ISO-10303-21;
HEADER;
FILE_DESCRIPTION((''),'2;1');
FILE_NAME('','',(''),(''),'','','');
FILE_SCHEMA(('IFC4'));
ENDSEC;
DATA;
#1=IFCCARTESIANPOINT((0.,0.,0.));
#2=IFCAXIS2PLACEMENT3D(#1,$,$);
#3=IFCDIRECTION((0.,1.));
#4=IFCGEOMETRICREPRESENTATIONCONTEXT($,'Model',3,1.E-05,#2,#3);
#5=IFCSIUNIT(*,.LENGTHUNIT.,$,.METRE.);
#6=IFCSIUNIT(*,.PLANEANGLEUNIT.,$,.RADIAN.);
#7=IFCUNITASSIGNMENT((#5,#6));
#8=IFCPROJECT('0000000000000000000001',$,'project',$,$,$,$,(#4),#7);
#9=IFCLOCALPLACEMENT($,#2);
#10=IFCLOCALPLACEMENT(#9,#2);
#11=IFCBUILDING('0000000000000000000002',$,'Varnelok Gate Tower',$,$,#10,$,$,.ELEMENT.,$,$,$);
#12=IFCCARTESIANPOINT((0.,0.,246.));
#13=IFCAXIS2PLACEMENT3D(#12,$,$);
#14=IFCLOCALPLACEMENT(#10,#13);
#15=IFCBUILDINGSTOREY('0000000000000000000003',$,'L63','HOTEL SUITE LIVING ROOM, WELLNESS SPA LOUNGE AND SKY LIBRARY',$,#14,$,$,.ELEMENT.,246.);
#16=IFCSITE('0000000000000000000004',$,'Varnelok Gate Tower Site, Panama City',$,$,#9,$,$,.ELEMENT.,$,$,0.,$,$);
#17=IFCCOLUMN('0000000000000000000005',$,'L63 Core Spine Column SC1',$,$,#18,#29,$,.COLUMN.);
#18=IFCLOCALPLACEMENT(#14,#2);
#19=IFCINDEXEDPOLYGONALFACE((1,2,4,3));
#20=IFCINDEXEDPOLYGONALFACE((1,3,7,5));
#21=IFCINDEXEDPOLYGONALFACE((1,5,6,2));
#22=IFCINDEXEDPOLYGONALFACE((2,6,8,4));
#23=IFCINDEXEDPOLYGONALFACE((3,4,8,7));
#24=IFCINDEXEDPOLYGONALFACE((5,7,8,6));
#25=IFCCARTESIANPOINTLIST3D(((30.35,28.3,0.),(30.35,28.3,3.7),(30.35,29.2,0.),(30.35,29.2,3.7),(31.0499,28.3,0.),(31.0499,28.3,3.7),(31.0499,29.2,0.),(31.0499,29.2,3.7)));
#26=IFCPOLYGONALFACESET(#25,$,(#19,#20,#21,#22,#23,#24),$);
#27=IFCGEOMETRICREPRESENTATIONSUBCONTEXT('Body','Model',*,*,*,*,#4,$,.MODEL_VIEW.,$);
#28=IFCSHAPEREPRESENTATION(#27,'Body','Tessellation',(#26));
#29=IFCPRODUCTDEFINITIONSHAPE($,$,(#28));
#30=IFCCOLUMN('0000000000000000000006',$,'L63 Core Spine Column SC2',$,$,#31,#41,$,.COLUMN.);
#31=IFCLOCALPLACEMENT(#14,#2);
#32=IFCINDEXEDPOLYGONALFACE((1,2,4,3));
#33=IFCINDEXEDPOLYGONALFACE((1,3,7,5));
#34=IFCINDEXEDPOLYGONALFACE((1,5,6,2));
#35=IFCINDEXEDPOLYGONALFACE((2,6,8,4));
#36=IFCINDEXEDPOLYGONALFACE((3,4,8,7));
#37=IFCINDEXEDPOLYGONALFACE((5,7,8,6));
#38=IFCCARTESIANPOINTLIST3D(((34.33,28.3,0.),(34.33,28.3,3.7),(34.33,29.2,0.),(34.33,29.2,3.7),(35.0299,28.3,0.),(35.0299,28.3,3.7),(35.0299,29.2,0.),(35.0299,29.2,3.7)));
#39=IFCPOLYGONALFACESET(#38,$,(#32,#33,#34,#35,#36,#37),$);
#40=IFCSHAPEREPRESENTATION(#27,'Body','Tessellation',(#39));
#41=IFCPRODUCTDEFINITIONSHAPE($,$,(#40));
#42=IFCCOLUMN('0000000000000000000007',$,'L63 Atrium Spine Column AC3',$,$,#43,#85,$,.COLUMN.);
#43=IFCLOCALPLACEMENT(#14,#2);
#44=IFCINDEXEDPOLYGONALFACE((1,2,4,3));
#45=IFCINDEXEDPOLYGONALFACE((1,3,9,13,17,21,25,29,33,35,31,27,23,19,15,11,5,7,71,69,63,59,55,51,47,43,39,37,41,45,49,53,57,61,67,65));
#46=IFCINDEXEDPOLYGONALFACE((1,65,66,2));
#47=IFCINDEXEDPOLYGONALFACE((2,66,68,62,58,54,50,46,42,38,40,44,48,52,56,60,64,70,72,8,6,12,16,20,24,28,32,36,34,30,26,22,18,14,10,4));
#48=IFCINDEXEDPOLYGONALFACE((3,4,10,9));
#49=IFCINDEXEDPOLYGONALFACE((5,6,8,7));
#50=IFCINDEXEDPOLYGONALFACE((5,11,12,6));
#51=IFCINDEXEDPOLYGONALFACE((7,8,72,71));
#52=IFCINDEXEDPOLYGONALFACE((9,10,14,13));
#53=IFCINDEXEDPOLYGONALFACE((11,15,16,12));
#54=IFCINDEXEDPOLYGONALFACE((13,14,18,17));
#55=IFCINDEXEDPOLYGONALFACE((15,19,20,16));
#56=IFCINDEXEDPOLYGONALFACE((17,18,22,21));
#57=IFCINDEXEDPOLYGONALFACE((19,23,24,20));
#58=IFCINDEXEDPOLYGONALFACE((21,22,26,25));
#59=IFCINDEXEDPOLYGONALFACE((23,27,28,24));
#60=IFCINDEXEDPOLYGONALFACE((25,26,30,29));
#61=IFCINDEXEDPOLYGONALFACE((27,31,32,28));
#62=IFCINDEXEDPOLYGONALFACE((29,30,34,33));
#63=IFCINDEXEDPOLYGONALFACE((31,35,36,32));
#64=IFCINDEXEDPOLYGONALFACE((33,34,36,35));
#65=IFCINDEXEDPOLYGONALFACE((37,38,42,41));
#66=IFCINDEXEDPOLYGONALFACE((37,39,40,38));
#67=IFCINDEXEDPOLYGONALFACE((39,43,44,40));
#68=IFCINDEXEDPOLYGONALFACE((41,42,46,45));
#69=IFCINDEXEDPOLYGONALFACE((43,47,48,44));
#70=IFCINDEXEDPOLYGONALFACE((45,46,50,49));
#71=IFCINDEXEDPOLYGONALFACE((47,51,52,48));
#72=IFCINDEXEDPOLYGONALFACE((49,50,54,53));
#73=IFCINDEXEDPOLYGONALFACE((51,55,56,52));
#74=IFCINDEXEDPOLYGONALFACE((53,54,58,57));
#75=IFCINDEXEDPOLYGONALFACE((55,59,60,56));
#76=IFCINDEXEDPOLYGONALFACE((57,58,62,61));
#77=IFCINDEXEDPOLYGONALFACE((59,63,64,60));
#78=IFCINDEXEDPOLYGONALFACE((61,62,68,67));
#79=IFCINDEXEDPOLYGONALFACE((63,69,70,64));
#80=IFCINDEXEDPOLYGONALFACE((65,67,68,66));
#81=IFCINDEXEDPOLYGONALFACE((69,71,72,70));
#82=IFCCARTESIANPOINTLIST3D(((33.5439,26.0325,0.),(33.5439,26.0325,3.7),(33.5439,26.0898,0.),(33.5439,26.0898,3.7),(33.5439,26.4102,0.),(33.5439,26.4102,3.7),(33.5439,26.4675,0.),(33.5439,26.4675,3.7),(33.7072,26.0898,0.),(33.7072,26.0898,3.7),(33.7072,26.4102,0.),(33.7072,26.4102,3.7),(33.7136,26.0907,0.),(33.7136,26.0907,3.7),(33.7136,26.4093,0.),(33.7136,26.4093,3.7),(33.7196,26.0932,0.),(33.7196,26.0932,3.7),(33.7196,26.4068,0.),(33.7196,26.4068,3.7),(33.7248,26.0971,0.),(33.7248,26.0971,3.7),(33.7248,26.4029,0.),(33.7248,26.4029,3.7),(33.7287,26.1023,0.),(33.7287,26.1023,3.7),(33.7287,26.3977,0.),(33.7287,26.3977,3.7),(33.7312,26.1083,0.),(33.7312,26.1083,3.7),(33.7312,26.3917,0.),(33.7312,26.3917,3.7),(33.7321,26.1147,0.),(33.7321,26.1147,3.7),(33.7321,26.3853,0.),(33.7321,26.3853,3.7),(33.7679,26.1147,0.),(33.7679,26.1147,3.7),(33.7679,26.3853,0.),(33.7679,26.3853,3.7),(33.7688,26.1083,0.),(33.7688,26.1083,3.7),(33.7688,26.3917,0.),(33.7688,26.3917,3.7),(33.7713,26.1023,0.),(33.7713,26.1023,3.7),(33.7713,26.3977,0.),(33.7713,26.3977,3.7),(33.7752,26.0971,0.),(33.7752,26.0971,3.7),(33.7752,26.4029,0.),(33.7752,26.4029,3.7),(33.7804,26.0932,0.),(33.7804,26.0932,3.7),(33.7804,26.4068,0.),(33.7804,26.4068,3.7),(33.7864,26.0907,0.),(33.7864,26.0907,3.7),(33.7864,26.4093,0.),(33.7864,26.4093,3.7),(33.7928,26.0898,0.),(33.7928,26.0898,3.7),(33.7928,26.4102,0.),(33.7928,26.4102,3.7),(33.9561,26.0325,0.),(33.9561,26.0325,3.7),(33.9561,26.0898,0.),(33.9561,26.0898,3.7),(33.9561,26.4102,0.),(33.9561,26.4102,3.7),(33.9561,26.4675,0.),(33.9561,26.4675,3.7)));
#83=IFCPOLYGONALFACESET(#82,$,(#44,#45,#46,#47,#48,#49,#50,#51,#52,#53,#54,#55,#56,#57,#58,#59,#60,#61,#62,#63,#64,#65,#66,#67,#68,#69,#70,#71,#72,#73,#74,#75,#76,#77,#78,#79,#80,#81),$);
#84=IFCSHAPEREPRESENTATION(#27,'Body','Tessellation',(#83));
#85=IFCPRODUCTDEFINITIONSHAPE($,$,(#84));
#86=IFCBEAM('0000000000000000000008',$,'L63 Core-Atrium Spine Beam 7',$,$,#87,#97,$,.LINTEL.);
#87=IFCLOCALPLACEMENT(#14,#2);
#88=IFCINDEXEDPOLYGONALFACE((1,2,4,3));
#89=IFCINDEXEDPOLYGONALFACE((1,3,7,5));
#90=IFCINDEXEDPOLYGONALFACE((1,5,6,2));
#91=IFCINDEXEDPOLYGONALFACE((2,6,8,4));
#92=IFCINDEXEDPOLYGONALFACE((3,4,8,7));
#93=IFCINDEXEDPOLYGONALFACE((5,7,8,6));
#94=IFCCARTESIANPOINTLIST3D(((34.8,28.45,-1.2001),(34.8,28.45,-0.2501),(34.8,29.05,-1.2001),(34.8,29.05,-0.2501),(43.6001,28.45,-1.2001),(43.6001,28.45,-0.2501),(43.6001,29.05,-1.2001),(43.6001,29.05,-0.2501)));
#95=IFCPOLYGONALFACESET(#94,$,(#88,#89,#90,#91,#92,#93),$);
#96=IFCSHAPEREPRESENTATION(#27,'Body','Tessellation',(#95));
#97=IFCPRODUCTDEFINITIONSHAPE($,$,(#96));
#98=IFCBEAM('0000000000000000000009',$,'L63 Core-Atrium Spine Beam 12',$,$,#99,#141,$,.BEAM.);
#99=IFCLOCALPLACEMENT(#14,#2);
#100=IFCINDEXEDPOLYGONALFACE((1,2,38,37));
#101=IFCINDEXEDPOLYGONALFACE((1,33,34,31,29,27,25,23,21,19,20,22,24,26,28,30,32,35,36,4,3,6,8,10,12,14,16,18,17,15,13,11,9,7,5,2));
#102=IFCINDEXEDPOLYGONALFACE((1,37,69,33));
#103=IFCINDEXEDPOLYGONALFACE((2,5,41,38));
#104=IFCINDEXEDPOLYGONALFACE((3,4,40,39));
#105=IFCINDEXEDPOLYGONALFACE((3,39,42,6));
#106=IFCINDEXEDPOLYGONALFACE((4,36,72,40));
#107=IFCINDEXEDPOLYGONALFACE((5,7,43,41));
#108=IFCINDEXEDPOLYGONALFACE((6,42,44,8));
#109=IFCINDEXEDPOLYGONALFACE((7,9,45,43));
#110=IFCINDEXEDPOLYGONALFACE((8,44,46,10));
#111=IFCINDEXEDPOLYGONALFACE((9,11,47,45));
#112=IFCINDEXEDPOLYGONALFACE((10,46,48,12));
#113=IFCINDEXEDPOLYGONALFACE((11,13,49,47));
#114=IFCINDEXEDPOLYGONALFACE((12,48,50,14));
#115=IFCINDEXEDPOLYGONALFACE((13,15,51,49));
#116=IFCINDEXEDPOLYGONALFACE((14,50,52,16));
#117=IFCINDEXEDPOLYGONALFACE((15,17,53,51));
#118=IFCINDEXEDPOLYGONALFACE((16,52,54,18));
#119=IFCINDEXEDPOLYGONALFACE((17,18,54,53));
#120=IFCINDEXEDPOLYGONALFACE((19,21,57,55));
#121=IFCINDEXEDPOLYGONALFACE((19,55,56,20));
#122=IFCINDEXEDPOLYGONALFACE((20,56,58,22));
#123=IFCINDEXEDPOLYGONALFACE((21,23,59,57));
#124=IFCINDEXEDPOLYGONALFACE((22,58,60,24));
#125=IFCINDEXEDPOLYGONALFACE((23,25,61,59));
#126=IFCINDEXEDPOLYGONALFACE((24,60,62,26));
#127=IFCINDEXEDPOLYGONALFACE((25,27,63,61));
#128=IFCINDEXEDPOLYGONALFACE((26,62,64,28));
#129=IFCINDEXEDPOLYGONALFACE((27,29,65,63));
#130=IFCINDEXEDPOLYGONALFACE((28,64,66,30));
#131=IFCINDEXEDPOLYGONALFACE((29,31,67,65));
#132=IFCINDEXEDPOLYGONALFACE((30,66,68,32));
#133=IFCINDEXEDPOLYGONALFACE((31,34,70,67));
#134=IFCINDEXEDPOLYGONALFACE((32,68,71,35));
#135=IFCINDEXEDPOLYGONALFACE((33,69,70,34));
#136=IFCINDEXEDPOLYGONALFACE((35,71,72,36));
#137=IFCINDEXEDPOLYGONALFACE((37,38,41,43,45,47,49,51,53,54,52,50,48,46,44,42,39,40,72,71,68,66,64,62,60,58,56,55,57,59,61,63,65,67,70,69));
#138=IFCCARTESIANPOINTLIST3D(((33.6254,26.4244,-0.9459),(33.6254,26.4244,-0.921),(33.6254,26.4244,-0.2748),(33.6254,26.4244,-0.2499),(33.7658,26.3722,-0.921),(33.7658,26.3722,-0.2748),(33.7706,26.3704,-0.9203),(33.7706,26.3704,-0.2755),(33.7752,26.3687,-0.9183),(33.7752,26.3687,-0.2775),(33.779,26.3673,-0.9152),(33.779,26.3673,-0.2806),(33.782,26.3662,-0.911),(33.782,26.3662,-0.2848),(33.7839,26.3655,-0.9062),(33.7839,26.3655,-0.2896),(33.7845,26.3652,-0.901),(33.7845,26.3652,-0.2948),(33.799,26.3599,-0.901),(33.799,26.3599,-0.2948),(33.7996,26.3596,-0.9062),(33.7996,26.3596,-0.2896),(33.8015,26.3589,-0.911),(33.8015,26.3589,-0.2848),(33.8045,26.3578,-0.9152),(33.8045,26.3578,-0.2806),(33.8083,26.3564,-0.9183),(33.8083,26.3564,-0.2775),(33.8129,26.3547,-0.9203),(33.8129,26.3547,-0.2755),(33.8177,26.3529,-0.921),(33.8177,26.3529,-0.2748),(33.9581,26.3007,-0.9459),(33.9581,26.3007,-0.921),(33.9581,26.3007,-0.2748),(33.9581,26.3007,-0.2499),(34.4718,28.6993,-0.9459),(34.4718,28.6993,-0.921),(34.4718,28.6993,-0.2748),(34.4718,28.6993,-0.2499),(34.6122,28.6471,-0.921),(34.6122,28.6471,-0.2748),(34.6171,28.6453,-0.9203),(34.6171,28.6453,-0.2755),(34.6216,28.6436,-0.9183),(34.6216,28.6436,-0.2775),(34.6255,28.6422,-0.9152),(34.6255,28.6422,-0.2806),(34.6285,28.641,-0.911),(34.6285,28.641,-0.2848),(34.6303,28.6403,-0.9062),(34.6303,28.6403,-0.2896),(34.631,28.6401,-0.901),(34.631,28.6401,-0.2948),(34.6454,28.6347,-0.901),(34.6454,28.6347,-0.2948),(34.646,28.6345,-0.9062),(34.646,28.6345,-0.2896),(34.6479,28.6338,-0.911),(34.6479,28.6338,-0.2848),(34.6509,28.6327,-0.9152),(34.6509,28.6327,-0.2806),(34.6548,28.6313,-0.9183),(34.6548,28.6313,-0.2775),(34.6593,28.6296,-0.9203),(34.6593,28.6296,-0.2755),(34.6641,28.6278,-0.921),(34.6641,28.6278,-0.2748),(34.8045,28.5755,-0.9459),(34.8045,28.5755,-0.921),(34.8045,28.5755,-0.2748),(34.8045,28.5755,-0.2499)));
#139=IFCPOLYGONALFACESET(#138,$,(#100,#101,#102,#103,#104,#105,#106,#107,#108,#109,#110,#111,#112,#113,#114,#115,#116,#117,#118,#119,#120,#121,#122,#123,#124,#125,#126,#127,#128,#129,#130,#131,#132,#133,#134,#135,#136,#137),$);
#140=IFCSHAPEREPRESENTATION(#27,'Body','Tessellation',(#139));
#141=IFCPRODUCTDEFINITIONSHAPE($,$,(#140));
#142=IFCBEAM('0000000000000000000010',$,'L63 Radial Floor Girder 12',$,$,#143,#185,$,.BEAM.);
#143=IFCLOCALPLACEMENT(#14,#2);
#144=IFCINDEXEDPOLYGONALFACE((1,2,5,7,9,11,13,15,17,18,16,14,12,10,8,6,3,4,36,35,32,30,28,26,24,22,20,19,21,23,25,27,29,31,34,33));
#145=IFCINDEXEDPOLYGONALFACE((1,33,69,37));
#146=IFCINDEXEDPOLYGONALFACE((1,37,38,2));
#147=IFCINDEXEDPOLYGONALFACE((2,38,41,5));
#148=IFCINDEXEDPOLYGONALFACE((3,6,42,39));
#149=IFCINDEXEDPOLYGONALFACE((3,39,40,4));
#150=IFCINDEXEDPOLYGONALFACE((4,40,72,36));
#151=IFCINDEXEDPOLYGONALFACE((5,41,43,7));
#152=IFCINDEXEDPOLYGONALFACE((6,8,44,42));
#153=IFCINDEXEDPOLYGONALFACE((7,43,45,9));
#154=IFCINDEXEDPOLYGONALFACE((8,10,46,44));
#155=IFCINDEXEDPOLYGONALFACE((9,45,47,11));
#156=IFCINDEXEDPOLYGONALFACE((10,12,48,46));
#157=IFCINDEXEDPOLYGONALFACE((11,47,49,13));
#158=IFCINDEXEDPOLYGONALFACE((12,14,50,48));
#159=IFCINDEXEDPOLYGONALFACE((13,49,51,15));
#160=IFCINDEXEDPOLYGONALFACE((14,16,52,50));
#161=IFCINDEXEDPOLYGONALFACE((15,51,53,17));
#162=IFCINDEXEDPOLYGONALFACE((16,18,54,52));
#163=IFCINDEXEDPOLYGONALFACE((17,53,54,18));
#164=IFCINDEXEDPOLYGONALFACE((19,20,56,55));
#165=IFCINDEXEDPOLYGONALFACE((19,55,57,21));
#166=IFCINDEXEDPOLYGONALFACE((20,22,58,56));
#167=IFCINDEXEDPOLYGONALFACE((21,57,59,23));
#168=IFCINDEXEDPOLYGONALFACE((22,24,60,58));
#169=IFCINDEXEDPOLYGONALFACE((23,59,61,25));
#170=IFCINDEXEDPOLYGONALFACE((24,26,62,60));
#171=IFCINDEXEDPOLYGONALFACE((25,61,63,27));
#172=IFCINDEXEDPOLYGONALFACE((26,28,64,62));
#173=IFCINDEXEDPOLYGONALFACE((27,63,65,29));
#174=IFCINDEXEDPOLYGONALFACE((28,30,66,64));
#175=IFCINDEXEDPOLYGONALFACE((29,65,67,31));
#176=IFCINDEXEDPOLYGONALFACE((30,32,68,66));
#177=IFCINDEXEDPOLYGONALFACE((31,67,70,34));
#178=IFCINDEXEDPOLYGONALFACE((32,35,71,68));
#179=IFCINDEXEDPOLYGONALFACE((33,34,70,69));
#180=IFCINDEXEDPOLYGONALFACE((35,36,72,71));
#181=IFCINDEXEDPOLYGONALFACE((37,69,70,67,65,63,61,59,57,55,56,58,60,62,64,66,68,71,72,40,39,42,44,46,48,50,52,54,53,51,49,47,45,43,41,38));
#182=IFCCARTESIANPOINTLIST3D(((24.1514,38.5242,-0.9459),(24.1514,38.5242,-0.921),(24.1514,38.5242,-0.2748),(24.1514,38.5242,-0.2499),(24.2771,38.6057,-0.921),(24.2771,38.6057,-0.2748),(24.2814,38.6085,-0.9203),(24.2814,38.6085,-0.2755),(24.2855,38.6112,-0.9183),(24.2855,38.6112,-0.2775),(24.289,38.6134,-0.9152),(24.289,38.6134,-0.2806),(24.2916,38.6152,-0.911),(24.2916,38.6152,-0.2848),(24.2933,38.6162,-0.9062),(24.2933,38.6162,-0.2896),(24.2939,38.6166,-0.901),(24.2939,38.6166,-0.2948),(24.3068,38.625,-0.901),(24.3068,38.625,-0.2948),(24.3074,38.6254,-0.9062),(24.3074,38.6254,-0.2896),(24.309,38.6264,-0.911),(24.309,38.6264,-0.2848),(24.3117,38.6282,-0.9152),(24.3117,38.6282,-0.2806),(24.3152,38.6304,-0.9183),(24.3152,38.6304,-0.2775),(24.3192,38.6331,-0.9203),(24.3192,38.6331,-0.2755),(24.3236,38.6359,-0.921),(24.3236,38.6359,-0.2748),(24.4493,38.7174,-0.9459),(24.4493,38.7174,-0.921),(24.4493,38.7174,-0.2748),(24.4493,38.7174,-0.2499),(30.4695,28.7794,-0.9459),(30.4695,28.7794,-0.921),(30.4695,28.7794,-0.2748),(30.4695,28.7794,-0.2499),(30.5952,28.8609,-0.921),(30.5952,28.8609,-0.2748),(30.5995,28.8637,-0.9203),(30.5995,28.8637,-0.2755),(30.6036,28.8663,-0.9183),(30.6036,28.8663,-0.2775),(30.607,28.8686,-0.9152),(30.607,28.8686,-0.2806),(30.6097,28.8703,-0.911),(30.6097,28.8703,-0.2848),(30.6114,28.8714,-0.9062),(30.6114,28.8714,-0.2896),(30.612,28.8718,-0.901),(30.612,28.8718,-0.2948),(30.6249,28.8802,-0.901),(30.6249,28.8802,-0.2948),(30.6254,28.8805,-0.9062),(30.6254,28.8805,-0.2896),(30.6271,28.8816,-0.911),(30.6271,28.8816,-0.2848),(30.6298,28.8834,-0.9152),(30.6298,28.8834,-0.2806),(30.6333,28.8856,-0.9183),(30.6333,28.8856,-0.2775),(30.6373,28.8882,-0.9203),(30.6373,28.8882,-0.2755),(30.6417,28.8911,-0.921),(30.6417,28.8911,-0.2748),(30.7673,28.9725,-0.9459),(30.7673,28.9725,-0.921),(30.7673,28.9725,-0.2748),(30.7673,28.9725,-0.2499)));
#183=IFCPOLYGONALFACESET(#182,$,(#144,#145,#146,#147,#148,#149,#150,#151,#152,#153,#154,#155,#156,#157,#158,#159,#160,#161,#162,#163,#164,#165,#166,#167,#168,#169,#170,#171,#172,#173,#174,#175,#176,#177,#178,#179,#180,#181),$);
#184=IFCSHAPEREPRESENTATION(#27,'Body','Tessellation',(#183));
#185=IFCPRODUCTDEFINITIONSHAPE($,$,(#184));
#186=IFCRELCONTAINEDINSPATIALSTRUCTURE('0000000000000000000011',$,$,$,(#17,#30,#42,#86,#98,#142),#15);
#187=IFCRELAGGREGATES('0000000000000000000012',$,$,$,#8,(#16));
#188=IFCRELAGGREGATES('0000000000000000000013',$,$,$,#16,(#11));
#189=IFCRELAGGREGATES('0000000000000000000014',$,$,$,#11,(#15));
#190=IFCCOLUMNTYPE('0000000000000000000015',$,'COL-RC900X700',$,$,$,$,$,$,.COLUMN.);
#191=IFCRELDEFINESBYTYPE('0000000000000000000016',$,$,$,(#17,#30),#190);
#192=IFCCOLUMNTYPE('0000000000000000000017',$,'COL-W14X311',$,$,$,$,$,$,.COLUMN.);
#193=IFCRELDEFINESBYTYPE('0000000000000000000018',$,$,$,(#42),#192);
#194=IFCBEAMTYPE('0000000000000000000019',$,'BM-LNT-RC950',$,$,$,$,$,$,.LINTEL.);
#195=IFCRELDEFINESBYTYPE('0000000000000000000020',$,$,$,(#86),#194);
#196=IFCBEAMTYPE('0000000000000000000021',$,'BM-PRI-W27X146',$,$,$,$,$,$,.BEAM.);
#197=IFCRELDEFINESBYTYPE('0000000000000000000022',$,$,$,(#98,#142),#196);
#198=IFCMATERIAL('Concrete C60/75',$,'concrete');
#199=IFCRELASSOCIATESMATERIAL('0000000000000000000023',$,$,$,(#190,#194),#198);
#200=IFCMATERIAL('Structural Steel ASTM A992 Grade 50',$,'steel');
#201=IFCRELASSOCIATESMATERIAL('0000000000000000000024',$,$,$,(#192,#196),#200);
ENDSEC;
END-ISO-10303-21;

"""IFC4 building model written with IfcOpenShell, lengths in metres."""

from ifc_helpers import new_model, si_unit, direction, frame, origin, origin_2d, place, context, subcontext, project, spatial, rectangle, i_section, extrude, material, material_profile, profile_set, type_object, element, save


model = new_model("IFC4")

# Units and contexts
model_context = context("Model", 3, precision=1e-05, world=origin(), true_north=direction((0.0, 1.0)))
body_context = subcontext(model_context, "Body", "Model", "MODEL_VIEW")
ifc_project = project(units=[si_unit("LENGTHUNIT", "METRE"), si_unit("PLANEANGLEUNIT", "RADIAN")], contexts=[model_context])

# Site, building, storey
site_placement = place(None, origin())
site = spatial("IfcSite", under=ifc_project, at=site_placement, Name="Varnelok Gate Tower Site, Panama City", CompositionType="ELEMENT", RefElevation=0.0)
building_placement = place(site_placement, origin())
building = spatial("IfcBuilding", under=site, at=building_placement, Name="Varnelok Gate Tower", CompositionType="ELEMENT")
storey_placement = place(building_placement, frame((0.0, 0.0, 246.0)))
storey = spatial("IfcBuildingStorey", under=building, at=storey_placement, Name="L63", Description="HOTEL SUITE LIVING ROOM, WELLNESS SPA LOUNGE AND SKY LIBRARY", CompositionType="ELEMENT", Elevation=246.0)

# Columns
ifc_material_1 = material(Name="Concrete C60/75", Category="concrete")
ifc_material_profile_1 = material_profile(ifc_material_1, rectangle(XDim=0.7, YDim=0.8999, at=origin_2d()), Name="RC900X700")
ifc_profile_set_1 = profile_set([ifc_material_profile_1], Name="Concrete C60/75")
column_type_1 = type_object("IfcColumnType", Name="COL-RC900X700", PredefinedType="COLUMN", material=ifc_profile_set_1)
for number, where, z_axis, x_axis, name in (
    (1, (30.7, 28.75, 0.0), (0.0, 0.0, 1.0), (1.0, 0.0, 0.0), "L63 Core Spine Column SC1"),
    (2, (34.6799, 28.75, 0.0), (0.0, 0.0, 1.0), (1.0, 0.0, 0.0), "L63 Core Spine Column SC2"),
):
    element("IfcColumn", number, at=place(storey_placement, frame(where, z_axis=z_axis, x_axis=x_axis)), inside=storey, type_object=column_type_1, Name=name, PredefinedType="COLUMN", context=body_context, shape_type="SweptSolid", body=[
        extrude(rectangle(XDim=0.7, YDim=0.8999, at=origin_2d()), origin(), (0.0, 0.0, 1.0), 3.7),
    ])
ifc_material_2 = material(Name="Structural Steel ASTM A992 Grade 50", Category="steel")
ifc_material_profile_2 = material_profile(ifc_material_2, i_section(OverallWidth=0.4121, OverallDepth=0.4351, WebThickness=0.0359, FlangeThickness=0.0574, FilletRadius=0.0249, at=origin_2d()), Name="W14X311")
ifc_profile_set_2 = profile_set([ifc_material_profile_2], Name="Structural Steel ASTM A992 Grade 50")
column_type_2 = type_object("IfcColumnType", Name="COL-W14X311", PredefinedType="COLUMN", material=ifc_profile_set_2)
column_placement = place(storey_placement, frame((33.75, 26.25, 0.0), z_axis=(0.0, 0.0, 1.0), x_axis=(1.0, 0.0, 0.0)))
element("IfcColumn", 3, at=column_placement, inside=storey, type_object=column_type_2, Name="L63 Atrium Spine Column AC3", PredefinedType="COLUMN", context=body_context, shape_type="SweptSolid", body=[
    extrude(i_section(OverallWidth=0.4121, OverallDepth=0.4351, WebThickness=0.0359, FlangeThickness=0.0574, FilletRadius=0.0249, at=origin_2d()), origin(), (0.0, 0.0, 1.0), 3.7),
])

# Beams
ifc_material_profile_3 = material_profile(ifc_material_1, rectangle(XDim=0.6001, YDim=0.95, at=origin_2d()), Name="RC950X600")
ifc_profile_set_3 = profile_set([ifc_material_profile_3], Name="Concrete C60/75")
beam_type_1 = type_object("IfcBeamType", Name="BM-LNT-RC950", PredefinedType="LINTEL", material=ifc_profile_set_3)
beam_1_placement = place(storey_placement, frame((34.8, 28.75, -0.7251), z_axis=(1.0, 0.0, 0.0), x_axis=(0.0, 1.0, 0.0)))
element("IfcBeam", 4, at=beam_1_placement, inside=storey, type_object=beam_type_1, Name="L63 Core-Atrium Spine Beam 7", PredefinedType="LINTEL", context=body_context, shape_type="SweptSolid", body=[
    extrude(rectangle(XDim=0.6001, YDim=0.95, at=origin_2d()), origin(), (0.0, 0.0, 1.0), 8.8),
])
ifc_material_profile_4 = material_profile(ifc_material_2, i_section(OverallWidth=0.355, OverallDepth=0.696, WebThickness=0.0154, FlangeThickness=0.0249, FilletRadius=0.02, at=origin_2d()), Name="W27X146")
ifc_profile_set_4 = profile_set([ifc_material_profile_4], Name="Structural Steel ASTM A992 Grade 50")
beam_type_2 = type_object("IfcBeamType", Name="BM-PRI-W27X146", PredefinedType="BEAM", material=ifc_profile_set_4)
beam_2_placement = place(storey_placement, frame((33.7917, 26.3625, -0.5979), z_axis=(0.348719, 0.937227, 0.0), x_axis=(-0.937227, 0.348719, 0.0)))
element("IfcBeam", 5, at=beam_2_placement, inside=storey, type_object=beam_type_2, Name="L63 Core-Atrium Spine Beam 12", PredefinedType="BEAM", context=body_context, shape_type="SweptSolid", body=[
    extrude(i_section(OverallWidth=0.355, OverallDepth=0.696, WebThickness=0.0154, FlangeThickness=0.0249, FilletRadius=0.02, at=origin_2d()), origin(), (0.0, 0.0, 1.0), 2.4272),
])
beam_3_placement = place(storey_placement, frame((30.6184, 28.876, -0.5979), z_axis=(-0.544016, 0.839075, 0.0), x_axis=(-0.839075, -0.544016, 0.0)))
element("IfcBeam", 6, at=beam_3_placement, inside=storey, type_object=beam_type_2, Name="L63 Radial Floor Girder 12", PredefinedType="BEAM", context=body_context, shape_type="SweptSolid", body=[
    extrude(i_section(OverallWidth=0.355, OverallDepth=0.696, WebThickness=0.0154, FlangeThickness=0.0249, FilletRadius=0.02, at=origin_2d()), origin(), (0.0, 0.0, 1.0), 11.6138),
])

save(model, "model.ifc")
